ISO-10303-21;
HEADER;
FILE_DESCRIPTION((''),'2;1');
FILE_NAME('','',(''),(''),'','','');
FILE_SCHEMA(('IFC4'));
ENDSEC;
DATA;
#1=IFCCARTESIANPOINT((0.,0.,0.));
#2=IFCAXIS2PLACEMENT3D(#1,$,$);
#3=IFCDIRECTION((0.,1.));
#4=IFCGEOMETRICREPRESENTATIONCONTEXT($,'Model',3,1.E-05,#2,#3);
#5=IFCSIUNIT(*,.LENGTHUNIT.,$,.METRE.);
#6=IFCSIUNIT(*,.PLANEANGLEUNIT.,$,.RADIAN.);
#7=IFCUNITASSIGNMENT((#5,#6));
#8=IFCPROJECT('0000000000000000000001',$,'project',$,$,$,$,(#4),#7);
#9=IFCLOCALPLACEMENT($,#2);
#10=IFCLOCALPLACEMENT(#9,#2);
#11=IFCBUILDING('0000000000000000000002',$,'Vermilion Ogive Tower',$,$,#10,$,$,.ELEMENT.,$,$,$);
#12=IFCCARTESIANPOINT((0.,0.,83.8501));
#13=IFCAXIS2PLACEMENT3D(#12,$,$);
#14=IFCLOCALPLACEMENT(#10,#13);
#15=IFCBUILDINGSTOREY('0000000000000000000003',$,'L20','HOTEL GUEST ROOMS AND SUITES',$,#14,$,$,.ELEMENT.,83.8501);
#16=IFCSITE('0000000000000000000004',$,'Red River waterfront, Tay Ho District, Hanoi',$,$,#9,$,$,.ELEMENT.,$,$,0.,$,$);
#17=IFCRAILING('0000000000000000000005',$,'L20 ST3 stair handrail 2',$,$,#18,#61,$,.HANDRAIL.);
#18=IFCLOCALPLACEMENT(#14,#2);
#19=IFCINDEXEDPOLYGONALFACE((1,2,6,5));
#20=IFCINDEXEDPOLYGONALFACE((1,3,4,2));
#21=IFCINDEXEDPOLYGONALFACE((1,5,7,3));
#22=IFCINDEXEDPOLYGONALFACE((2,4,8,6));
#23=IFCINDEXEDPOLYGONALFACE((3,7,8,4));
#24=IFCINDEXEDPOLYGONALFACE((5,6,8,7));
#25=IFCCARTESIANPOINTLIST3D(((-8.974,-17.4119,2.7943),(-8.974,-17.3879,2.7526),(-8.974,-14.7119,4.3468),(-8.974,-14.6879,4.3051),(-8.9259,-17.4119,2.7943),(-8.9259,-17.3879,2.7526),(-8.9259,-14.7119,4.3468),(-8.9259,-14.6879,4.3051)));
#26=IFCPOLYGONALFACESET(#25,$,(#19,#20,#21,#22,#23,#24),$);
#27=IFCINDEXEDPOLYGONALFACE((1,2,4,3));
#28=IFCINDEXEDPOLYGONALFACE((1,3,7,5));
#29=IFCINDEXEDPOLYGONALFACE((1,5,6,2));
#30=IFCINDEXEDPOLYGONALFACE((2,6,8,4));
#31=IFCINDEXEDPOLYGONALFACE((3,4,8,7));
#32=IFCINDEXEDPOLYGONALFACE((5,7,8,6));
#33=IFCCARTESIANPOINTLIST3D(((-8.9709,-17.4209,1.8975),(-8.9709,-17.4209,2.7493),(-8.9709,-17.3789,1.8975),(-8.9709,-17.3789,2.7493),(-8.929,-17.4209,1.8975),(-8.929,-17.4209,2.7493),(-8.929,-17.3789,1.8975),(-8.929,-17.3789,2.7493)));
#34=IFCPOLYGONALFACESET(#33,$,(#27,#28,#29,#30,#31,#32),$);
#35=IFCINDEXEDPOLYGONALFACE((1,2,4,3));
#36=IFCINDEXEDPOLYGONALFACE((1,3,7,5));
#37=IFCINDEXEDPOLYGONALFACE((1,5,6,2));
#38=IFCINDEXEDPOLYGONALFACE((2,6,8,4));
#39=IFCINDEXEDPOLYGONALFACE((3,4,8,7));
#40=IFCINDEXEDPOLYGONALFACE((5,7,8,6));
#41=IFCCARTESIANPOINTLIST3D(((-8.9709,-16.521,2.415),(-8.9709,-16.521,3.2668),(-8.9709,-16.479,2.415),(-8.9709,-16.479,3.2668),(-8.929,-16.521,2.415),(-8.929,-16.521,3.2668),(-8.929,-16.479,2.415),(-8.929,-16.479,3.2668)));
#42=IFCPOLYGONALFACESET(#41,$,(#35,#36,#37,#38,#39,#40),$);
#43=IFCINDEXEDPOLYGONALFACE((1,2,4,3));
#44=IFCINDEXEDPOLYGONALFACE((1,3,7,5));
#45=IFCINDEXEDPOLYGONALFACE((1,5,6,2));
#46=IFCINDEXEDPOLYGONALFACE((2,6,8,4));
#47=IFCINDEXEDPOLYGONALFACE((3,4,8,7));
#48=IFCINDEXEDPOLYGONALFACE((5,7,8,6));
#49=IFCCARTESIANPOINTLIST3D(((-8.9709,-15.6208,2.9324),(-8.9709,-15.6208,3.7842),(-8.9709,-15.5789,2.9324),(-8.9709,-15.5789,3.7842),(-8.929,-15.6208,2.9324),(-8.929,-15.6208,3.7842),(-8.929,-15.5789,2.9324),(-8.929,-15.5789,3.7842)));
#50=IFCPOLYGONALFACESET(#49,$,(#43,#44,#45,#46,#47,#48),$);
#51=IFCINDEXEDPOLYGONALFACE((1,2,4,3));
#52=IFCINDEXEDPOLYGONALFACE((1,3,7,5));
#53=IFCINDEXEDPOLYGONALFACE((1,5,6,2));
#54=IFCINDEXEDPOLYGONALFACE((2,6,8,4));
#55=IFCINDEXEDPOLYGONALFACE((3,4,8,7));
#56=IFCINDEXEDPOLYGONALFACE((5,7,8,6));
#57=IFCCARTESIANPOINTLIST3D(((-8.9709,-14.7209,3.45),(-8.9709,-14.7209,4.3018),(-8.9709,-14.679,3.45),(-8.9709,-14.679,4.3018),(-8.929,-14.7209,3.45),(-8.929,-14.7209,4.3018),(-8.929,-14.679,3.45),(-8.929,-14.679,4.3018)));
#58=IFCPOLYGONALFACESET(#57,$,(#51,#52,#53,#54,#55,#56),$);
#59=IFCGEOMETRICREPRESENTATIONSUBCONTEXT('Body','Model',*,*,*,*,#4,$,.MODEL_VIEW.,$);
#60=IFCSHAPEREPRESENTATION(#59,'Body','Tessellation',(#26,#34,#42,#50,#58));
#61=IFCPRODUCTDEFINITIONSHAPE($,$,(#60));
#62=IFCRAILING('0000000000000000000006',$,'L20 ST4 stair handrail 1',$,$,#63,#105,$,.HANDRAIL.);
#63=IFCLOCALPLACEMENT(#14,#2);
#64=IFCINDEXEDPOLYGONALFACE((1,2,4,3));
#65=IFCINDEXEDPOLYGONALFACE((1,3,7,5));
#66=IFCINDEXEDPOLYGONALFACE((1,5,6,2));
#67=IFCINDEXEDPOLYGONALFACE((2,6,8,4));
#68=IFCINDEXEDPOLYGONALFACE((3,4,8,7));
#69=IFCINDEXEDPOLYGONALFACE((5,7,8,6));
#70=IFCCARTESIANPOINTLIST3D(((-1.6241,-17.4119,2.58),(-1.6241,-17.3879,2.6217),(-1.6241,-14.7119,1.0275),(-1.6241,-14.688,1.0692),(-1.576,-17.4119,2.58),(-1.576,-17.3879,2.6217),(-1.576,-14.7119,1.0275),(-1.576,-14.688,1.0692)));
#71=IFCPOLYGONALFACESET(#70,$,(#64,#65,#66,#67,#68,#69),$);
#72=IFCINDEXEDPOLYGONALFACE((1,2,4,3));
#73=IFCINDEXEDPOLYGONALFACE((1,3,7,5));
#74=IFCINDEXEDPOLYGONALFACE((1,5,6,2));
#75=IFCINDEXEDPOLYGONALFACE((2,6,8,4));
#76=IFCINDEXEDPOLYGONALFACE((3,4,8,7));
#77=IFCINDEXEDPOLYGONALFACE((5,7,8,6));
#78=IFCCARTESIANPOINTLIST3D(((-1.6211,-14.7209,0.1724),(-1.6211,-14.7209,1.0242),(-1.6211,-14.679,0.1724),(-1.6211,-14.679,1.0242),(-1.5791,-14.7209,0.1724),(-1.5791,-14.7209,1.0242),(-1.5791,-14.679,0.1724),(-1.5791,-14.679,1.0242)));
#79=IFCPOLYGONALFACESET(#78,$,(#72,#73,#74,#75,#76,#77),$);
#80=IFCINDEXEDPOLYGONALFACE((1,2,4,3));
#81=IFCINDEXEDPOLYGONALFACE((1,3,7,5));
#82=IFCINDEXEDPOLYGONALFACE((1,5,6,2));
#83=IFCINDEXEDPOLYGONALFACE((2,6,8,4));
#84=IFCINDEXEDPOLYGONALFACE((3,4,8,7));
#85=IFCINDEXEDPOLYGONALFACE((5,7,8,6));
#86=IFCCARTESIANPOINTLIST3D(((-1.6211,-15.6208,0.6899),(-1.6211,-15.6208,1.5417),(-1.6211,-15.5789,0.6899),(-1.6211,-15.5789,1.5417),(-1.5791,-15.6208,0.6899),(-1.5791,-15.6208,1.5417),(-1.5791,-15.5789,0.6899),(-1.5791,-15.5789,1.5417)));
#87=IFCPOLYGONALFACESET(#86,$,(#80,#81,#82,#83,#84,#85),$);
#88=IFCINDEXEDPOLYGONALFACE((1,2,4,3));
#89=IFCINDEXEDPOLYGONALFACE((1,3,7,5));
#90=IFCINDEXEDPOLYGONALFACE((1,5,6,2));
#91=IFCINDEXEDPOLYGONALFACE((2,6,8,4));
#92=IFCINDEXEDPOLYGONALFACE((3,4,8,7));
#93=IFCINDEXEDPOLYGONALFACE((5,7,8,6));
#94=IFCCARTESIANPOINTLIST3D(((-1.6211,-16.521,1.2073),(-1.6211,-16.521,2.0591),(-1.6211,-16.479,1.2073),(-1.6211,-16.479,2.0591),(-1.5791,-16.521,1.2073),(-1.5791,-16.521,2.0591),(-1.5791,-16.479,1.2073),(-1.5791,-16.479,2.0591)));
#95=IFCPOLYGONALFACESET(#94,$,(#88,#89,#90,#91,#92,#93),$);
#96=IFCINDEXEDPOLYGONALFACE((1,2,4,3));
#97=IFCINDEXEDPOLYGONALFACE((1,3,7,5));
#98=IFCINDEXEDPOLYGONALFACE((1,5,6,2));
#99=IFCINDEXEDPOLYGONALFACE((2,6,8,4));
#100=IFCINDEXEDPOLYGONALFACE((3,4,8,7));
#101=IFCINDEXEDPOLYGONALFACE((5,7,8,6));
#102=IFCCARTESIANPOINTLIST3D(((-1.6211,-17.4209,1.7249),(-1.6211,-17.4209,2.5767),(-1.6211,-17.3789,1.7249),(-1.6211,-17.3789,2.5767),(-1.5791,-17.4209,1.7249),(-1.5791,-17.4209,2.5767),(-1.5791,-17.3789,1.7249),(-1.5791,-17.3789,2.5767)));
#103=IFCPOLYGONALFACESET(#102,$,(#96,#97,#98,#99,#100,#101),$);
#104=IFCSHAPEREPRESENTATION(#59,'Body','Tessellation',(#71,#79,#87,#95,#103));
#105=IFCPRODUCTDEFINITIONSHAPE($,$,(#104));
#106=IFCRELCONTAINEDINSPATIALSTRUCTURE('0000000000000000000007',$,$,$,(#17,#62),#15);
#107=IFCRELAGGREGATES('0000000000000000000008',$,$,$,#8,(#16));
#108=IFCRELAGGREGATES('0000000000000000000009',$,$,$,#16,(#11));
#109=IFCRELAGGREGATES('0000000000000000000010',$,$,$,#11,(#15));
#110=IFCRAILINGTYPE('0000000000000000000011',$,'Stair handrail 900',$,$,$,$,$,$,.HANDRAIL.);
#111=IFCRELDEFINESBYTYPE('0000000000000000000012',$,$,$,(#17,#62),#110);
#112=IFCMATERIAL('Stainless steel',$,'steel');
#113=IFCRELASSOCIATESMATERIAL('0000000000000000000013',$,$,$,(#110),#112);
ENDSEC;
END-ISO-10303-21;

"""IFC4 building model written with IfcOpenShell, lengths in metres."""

from ifc_helpers import new_model, si_unit, direction, frame, origin, origin_2d, place, context, subcontext, project, spatial, rectangle, extrude, material, type_object, element, save


model = new_model("IFC4")

# Units and contexts
model_context = context("Model", 3, precision=1e-05, world=origin(), true_north=direction((0.0, 1.0)))
body_context = subcontext(model_context, "Body", "Model", "MODEL_VIEW")
ifc_project = project(units=[si_unit("LENGTHUNIT", "METRE"), si_unit("PLANEANGLEUNIT", "RADIAN")], contexts=[model_context])

# Site, building, storey
site_placement = place(None, origin())
site = spatial("IfcSite", under=ifc_project, at=site_placement, Name="Red River waterfront, Tay Ho District, Hanoi", CompositionType="ELEMENT", RefElevation=0.0)
building_placement = place(site_placement, origin())
building = spatial("IfcBuilding", under=site, at=building_placement, Name="Vermilion Ogive Tower", CompositionType="ELEMENT")
storey_placement = place(building_placement, frame((0.0, 0.0, 83.8501)))
storey = spatial("IfcBuildingStorey", under=building, at=storey_placement, Name="L20", Description="HOTEL GUEST ROOMS AND SUITES", CompositionType="ELEMENT", Elevation=83.8501)

# Railings
ifc_material_1 = material(Name="Stainless steel", Category="steel")
railing_type_1 = type_object("IfcRailingType", Name="Stair handrail 900", PredefinedType="HANDRAIL", material=ifc_material_1)
railing_1_placement = place(storey_placement, frame((-8.95, -17.3999, 1.8975)))
element("IfcRailing", 1, at=railing_1_placement, inside=storey, type_object=railing_type_1, Name="L20 ST3 stair handrail 2", PredefinedType="HANDRAIL", context=body_context, shape_type="SweptSolid", body=[
    extrude(rectangle(XDim=0.0481, YDim=0.0481, at=origin_2d()), frame((0.0, 0.0, 0.876), z_axis=(0.0, 0.866904, 0.498476), x_axis=(-1.0, 0.0, 0.0)), (0.0, 0.0, 1.0), 3.1145),
    extrude(rectangle(XDim=0.042, YDim=0.042, at=origin_2d()), origin(), (0.0, 0.0, 1.0), 0.8518),
    extrude(rectangle(XDim=0.042, YDim=0.042, at=origin_2d()), frame((0.0, 0.8999, 0.5176)), (0.0, 0.0, 1.0), 0.8518),
    extrude(rectangle(XDim=0.042, YDim=0.042, at=origin_2d()), frame((0.0, 1.8, 1.0349)), (0.0, 0.0, 1.0), 0.8518),
    extrude(rectangle(XDim=0.042, YDim=0.042, at=origin_2d()), frame((0.0, 2.7, 1.5525)), (0.0, 0.0, 1.0), 0.8518),
])
railing_2_placement = place(storey_placement, frame((-1.6001, -14.7, 0.1724)))
element("IfcRailing", 2, at=railing_2_placement, inside=storey, type_object=railing_type_1, Name="L20 ST4 stair handrail 1", PredefinedType="HANDRAIL", context=body_context, shape_type="SweptSolid", body=[
    extrude(rectangle(XDim=0.0481, YDim=0.0481, at=origin_2d()), frame((0.0, 0.0, 0.876), z_axis=(0.0, -0.866904, 0.498476), x_axis=(1.0, 0.0, 0.0)), (0.0, 0.0, 1.0), 3.1145),
    extrude(rectangle(XDim=0.042, YDim=0.042, at=origin_2d()), origin(), (0.0, 0.0, 1.0), 0.8518),
    extrude(rectangle(XDim=0.042, YDim=0.042, at=origin_2d()), frame((0.0, -0.8999, 0.5176)), (0.0, 0.0, 1.0), 0.8518),
    extrude(rectangle(XDim=0.042, YDim=0.042, at=origin_2d()), frame((0.0, -1.8, 1.0349)), (0.0, 0.0, 1.0), 0.8518),
    extrude(rectangle(XDim=0.042, YDim=0.042, at=origin_2d()), frame((0.0, -2.7, 1.5525)), (0.0, 0.0, 1.0), 0.8518),
])

save(model, "model.ifc")
